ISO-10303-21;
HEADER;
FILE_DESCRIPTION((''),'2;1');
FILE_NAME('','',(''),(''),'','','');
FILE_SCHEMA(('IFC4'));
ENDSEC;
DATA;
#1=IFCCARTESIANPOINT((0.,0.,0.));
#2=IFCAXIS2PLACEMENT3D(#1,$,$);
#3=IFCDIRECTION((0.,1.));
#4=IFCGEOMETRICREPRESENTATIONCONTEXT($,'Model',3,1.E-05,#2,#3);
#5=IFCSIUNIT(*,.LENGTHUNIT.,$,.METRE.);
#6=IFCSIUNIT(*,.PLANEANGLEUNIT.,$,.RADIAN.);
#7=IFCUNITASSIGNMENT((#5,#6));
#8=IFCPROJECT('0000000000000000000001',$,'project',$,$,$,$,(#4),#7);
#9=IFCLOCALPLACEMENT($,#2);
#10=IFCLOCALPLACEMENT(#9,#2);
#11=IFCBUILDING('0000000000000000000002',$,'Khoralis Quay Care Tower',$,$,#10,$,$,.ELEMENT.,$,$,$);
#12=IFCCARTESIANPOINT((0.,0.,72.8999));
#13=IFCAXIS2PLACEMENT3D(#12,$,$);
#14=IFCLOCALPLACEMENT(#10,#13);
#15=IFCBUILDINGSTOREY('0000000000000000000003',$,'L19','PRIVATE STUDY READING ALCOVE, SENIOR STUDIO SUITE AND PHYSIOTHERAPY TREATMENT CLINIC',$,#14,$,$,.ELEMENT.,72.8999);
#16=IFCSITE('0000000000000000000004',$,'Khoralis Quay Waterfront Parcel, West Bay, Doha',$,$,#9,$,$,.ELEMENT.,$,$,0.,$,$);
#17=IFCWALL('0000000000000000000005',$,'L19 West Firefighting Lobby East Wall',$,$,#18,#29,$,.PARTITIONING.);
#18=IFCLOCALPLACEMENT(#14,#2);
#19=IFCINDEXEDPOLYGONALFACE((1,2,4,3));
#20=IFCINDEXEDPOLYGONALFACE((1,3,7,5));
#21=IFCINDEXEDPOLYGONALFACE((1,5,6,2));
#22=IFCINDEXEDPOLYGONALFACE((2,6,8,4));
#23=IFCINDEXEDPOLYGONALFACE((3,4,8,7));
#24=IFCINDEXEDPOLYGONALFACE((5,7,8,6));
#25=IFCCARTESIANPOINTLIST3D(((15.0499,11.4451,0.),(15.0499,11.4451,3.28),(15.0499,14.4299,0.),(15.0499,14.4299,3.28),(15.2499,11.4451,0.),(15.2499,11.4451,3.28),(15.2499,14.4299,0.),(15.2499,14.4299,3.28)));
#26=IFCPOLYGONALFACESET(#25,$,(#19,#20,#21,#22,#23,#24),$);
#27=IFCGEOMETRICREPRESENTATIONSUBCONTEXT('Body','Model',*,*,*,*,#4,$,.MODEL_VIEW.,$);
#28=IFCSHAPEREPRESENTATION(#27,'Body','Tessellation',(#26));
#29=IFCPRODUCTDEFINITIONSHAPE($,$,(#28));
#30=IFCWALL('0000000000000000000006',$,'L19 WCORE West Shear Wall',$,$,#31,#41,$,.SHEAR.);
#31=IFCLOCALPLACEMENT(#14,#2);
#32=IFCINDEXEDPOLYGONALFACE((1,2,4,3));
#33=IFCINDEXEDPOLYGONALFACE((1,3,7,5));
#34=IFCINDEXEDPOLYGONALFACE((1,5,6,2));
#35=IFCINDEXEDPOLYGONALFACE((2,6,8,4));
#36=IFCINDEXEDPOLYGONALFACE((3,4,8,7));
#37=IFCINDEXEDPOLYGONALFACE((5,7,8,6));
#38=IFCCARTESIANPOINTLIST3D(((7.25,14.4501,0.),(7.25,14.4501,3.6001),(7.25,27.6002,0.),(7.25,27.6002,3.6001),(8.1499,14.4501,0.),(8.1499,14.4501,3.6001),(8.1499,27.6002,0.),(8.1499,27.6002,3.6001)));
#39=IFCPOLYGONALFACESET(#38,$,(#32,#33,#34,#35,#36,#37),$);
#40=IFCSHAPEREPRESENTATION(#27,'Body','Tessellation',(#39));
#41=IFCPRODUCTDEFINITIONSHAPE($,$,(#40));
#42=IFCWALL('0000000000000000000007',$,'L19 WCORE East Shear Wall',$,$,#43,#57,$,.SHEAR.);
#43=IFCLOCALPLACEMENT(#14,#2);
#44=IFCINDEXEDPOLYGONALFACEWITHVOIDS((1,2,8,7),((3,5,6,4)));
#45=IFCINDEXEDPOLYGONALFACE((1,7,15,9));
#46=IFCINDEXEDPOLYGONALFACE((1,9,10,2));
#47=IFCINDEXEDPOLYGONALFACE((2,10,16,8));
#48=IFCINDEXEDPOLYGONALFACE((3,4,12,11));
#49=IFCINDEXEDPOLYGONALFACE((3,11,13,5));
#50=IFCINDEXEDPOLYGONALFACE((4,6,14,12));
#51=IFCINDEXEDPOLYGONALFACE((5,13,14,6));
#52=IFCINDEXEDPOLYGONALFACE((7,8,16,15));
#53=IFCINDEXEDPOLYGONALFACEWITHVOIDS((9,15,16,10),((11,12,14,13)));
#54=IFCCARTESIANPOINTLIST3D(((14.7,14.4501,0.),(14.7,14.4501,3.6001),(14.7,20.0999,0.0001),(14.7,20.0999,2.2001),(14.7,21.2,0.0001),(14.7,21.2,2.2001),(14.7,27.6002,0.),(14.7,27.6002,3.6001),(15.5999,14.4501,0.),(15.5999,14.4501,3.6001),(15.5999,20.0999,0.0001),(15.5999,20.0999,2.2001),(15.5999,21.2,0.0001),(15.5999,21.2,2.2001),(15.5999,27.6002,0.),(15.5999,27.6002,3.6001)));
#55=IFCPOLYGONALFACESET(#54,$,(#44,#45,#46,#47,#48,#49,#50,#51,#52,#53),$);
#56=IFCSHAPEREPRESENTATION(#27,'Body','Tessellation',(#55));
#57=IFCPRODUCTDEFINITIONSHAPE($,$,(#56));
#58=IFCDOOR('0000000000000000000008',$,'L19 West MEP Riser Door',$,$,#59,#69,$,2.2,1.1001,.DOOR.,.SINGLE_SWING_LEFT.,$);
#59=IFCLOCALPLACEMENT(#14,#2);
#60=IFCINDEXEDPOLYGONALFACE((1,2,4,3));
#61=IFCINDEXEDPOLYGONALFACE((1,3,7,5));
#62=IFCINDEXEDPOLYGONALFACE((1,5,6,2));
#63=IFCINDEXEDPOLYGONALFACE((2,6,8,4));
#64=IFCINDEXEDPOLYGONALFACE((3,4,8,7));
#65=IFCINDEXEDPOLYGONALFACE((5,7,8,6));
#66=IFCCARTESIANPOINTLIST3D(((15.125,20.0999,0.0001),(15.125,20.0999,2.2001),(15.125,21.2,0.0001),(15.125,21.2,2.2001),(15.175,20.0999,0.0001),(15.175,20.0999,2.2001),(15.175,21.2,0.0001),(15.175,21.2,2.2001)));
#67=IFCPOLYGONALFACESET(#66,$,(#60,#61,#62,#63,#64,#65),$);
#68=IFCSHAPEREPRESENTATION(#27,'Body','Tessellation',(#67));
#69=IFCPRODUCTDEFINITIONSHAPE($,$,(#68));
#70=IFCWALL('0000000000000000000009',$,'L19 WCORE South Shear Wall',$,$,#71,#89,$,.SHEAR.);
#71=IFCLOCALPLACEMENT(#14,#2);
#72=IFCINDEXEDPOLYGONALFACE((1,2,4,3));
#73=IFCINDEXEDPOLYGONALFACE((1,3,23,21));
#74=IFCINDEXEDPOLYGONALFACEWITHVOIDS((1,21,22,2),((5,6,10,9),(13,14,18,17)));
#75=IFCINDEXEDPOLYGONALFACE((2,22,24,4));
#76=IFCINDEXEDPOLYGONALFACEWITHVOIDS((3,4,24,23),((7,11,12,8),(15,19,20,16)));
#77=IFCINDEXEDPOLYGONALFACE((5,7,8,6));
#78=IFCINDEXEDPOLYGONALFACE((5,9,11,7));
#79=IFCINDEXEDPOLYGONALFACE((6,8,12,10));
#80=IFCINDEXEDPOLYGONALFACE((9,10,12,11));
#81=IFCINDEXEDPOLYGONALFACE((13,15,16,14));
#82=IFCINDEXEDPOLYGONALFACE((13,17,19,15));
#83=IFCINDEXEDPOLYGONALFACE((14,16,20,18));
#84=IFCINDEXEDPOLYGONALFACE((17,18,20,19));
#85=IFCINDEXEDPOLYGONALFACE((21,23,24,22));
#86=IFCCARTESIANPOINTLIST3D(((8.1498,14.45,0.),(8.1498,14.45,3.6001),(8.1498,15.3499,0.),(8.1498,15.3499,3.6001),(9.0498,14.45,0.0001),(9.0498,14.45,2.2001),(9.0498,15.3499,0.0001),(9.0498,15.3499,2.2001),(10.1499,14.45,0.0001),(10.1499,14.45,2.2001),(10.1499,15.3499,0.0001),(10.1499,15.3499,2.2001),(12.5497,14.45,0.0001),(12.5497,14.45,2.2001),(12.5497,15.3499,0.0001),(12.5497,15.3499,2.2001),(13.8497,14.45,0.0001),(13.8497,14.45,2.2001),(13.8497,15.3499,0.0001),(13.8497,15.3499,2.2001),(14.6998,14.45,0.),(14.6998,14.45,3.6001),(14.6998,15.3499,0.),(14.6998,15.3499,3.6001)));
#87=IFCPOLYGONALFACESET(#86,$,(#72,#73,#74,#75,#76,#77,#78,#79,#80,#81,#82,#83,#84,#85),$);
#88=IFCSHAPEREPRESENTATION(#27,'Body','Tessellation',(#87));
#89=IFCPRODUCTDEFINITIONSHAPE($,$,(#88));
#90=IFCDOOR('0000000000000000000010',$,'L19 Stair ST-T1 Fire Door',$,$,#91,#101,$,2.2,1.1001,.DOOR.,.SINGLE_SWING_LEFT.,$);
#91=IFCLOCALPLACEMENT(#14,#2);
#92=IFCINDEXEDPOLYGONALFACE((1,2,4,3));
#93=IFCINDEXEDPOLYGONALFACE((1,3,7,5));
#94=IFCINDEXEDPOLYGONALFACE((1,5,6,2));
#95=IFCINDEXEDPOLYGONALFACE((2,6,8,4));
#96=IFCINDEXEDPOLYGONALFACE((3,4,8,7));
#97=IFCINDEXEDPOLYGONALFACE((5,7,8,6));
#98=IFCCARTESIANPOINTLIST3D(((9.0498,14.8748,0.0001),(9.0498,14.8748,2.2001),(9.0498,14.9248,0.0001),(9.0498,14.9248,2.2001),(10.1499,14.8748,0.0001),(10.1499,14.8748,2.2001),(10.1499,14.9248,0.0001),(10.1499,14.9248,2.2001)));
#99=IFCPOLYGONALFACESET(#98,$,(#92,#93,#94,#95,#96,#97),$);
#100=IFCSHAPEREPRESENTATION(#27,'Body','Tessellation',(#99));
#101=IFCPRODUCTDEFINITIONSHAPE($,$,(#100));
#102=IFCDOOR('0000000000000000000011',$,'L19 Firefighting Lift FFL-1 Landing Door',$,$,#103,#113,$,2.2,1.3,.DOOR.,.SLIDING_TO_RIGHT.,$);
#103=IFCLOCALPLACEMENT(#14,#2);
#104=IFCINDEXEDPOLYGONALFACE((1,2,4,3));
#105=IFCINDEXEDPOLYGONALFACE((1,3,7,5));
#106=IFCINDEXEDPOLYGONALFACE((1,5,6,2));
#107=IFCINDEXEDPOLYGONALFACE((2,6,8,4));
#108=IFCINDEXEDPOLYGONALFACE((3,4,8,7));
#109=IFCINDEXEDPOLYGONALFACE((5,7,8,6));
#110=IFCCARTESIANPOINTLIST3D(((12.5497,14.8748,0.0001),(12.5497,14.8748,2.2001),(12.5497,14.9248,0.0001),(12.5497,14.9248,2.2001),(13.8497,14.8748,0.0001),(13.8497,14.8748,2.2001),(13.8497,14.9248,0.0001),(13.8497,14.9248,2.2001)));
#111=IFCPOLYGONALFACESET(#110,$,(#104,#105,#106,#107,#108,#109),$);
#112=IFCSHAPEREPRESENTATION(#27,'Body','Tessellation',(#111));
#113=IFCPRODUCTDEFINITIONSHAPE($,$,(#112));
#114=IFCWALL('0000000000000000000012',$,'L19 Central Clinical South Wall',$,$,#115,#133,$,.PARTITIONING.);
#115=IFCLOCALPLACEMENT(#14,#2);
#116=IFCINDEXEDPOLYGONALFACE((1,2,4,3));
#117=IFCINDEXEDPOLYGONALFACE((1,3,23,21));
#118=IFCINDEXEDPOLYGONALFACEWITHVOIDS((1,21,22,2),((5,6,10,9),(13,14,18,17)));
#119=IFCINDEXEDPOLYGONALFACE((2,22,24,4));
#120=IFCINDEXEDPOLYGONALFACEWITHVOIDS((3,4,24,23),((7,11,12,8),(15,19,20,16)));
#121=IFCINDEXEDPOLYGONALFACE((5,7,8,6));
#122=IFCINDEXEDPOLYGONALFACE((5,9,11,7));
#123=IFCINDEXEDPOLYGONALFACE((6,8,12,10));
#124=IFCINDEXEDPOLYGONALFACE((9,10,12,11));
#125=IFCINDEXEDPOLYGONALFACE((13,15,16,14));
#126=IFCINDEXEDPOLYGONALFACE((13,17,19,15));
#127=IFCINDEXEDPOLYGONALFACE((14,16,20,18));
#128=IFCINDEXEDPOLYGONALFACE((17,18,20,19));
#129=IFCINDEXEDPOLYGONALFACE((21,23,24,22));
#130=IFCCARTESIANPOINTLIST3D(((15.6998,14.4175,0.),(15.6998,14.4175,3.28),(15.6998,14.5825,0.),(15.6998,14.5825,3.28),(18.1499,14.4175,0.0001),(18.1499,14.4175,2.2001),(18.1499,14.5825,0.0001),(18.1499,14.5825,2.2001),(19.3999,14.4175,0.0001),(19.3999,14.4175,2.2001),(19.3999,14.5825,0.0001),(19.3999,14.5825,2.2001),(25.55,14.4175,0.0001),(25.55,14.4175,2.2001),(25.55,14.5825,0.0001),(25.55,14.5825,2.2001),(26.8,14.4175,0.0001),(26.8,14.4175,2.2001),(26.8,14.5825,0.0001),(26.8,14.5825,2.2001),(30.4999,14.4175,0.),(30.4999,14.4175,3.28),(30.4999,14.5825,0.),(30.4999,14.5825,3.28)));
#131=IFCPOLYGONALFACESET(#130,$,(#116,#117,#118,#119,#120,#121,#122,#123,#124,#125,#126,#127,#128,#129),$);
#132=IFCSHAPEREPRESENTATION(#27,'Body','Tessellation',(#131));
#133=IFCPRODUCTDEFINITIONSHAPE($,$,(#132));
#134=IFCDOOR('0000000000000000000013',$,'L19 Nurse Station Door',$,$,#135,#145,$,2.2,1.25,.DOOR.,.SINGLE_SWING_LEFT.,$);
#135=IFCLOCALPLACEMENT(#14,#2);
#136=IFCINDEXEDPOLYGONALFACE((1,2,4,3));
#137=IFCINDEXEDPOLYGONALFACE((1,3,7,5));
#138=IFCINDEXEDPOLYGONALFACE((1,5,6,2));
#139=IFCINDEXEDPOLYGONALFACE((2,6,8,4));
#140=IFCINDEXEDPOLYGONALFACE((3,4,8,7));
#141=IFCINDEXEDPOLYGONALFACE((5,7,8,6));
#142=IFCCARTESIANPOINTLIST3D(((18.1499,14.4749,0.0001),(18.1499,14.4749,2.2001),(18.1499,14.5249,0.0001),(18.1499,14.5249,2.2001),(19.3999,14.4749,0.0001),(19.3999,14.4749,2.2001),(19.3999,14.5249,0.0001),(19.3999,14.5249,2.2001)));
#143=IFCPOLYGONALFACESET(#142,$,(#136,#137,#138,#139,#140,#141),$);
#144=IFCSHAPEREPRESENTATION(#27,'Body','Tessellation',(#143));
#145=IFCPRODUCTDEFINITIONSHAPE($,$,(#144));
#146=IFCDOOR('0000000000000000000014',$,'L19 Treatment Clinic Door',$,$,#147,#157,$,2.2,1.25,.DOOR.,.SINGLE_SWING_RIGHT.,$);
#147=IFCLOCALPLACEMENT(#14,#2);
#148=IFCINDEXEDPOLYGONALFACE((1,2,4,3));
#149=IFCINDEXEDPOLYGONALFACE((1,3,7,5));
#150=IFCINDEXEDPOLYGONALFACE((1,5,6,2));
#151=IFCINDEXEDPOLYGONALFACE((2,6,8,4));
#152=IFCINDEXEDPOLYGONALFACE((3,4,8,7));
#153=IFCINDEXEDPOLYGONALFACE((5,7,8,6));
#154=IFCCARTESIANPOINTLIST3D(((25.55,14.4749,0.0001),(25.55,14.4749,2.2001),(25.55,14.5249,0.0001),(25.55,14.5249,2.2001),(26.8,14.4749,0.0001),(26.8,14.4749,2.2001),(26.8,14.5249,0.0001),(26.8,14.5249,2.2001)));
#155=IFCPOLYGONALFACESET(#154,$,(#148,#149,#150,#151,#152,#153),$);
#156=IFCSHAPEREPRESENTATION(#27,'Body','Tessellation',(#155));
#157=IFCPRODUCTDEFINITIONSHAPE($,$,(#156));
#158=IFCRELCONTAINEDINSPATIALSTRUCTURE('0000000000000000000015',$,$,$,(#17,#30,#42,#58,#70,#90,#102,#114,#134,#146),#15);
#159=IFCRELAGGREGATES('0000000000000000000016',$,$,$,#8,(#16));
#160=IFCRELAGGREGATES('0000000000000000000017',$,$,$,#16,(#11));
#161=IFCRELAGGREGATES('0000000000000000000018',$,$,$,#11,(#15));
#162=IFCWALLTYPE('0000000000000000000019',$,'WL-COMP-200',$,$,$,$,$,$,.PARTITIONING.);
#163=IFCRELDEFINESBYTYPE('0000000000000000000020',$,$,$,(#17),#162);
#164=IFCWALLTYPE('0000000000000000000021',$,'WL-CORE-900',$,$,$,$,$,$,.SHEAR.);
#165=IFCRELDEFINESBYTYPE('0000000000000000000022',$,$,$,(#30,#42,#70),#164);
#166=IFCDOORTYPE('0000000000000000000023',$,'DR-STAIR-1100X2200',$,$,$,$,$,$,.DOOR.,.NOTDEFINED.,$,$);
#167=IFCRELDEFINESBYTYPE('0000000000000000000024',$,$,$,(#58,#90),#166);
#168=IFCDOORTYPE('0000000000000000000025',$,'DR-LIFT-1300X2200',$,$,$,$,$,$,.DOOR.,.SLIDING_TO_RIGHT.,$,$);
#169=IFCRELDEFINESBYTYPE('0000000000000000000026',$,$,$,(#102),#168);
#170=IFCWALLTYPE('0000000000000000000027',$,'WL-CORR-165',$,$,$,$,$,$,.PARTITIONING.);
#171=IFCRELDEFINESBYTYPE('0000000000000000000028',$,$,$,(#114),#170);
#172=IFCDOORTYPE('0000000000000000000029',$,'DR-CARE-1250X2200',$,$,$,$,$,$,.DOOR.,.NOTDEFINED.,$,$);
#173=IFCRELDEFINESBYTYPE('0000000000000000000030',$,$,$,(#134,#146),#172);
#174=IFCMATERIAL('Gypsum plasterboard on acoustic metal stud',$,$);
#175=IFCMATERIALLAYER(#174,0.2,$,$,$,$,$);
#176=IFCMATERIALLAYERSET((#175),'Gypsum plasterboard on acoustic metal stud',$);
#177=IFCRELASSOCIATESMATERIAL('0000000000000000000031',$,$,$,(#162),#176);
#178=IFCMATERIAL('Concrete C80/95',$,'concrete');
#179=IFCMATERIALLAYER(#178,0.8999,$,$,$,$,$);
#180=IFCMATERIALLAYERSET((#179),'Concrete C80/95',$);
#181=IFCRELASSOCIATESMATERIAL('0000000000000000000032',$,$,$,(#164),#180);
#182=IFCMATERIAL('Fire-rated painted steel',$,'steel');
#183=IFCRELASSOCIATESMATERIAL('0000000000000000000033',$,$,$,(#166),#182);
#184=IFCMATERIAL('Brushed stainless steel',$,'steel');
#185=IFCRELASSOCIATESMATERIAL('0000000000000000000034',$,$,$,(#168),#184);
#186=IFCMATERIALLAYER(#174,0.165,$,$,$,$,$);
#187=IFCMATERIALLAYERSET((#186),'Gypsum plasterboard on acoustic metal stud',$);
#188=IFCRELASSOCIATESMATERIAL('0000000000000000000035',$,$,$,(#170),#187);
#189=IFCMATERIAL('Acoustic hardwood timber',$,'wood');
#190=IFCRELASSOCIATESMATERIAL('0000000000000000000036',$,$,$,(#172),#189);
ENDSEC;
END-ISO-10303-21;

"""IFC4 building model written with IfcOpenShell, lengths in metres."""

from ifc_helpers import new_model, si_unit, direction, frame, frame_2d, origin, place, context, subcontext, project, spatial, rectangle, extrude, source, transform, mapped, material, layer, layer_set, type_object, element, fill, save


model = new_model("IFC4")

# Units and contexts
model_context = context("Model", 3, precision=1e-05, world=origin(), true_north=direction((0.0, 1.0)))
body_context = subcontext(model_context, "Body", "Model", "MODEL_VIEW")
ifc_project = project(units=[si_unit("LENGTHUNIT", "METRE"), si_unit("PLANEANGLEUNIT", "RADIAN")], contexts=[model_context])

# Site, building, storey
site_placement = place(None, origin())
site = spatial("IfcSite", under=ifc_project, at=site_placement, Name="Khoralis Quay Waterfront Parcel, West Bay, Doha", CompositionType="ELEMENT", RefElevation=0.0)
building_placement = place(site_placement, origin())
building = spatial("IfcBuilding", under=site, at=building_placement, Name="Khoralis Quay Care Tower", CompositionType="ELEMENT")
storey_placement = place(building_placement, frame((0.0, 0.0, 72.8999)))
storey = spatial("IfcBuildingStorey", under=building, at=storey_placement, Name="L19", Description="PRIVATE STUDY READING ALCOVE, SENIOR STUDIO SUITE AND PHYSIOTHERAPY TREATMENT CLINIC", CompositionType="ELEMENT", Elevation=72.8999)

# Shared definitions
ifc_material_1 = material(Name="Concrete C80/95", Category="concrete")

# Shared definitions
ifc_material_2 = material(Name="Gypsum plasterboard on acoustic metal stud")
ifc_layer_1 = layer(ifc_material_2, 0.2)
ifc_layer_set_1 = layer_set([ifc_layer_1], Name="Gypsum plasterboard on acoustic metal stud")
wall_type_1 = type_object("IfcWallType", Name="WL-COMP-200", PredefinedType="PARTITIONING", material=ifc_layer_set_1)
ifc_material_3 = material(Name="Fire-rated painted steel", Category="steel")

# Walls
for number, where, z_axis, x_axis, name in (
    (1, (15.1499, 11.4451, 0.0), (0.0, 0.0, 1.0), (0.0, 1.0, 0.0), "L19 West Firefighting Lobby East Wall"),
):
    element("IfcWall", number, at=place(storey_placement, frame(where, z_axis=z_axis, x_axis=x_axis)), inside=storey, type_object=wall_type_1, Name=name, PredefinedType="PARTITIONING", context=body_context, shape_type="SweptSolid", body=[
        extrude(rectangle(XDim=2.9849, YDim=0.2, at=frame_2d((1.4924, 0.0))), origin(), (0.0, 0.0, 1.0), 3.28),
    ])
ifc_layer_2 = layer(ifc_material_1, 0.8999)
ifc_layer_set_2 = layer_set([ifc_layer_2], Name="Concrete C80/95")
wall_type_2 = type_object("IfcWallType", Name="WL-CORE-900", PredefinedType="SHEAR", material=ifc_layer_set_2)
wall_1_placement = place(storey_placement, frame((7.7, 14.45, 0.0), z_axis=(0.0, 0.0, 1.0), x_axis=(0.0, 1.0, 0.0)))
element("IfcWall", 2, at=wall_1_placement, inside=storey, type_object=wall_type_2, Name="L19 WCORE West Shear Wall", PredefinedType="SHEAR", context=body_context, shape_type="SweptSolid", body=[
    extrude(rectangle(XDim=13.1501, YDim=0.8999, at=frame_2d((6.5752, 0.0))), origin(), (0.0, 0.0, 1.0), 3.6001),
])

# Wall, opening, door
wall_2_placement = place(storey_placement, frame((15.1499, 14.45, 0.0), z_axis=(0.0, 0.0, 1.0), x_axis=(0.0, 1.0, 0.0)))
wall_2 = element("IfcWall", 3, at=wall_2_placement, inside=storey, type_object=wall_type_2, Name="L19 WCORE East Shear Wall", PredefinedType="SHEAR", context=body_context, shape_type="SweptSolid", body=[
    extrude(rectangle(XDim=13.1501, YDim=0.8999, at=frame_2d((6.5752, 0.0))), origin(), (0.0, 0.0, 1.0), 3.6001),
])
opening_1_placement = place(wall_2_placement, frame((5.6499, 0.0, 0.0)))
opening_1 = element("IfcOpeningElement", 4, at=opening_1_placement, cuts=wall_2, PredefinedType="OPENING", context=body_context, shape_type="SweptSolid", body=[
    extrude(rectangle(XDim=1.1001, YDim=2.2, at=frame_2d((0.55, 1.1001))), frame((0.0, 0.46, 0.0), z_axis=(0.0, -1.0, 0.0), x_axis=(1.0, 0.0, 0.0)), (0.0, 0.0, 1.0), 0.9199),
])
door_type_1 = type_object("IfcDoorType", Name="DR-STAIR-1100X2200", OperationType="NOTDEFINED", PredefinedType="DOOR", material=ifc_material_3)
shared_shape_1 = source(origin(), body_context, "Body", "SweptSolid", [
    extrude(rectangle(XDim=1.1001, YDim=2.2, at=frame_2d((0.55, 1.1001))), frame((0.0, 0.0249, 0.0), z_axis=(0.0, -1.0, 0.0), x_axis=(1.0, 0.0, 0.0)), (0.0, 0.0, 1.0), 0.05),
])
door_1_placement = place(opening_1_placement, origin())
door_1 = element("IfcDoor", 5, at=door_1_placement, inside=storey, type_object=door_type_1, Name="L19 West MEP Riser Door", OperationType="SINGLE_SWING_LEFT", OverallHeight=2.2, OverallWidth=1.1001, PredefinedType="DOOR", context=body_context, shape_type="MappedRepresentation", body=[
    mapped(shared_shape_1, transform((0.0, 0.0, 0.0), scale=1.0)),
])
fill(opening_1, door_1)

# Walls, openings, doors
wall_3_placement = place(storey_placement, frame((8.1499, 14.8999, 0.0), z_axis=(0.0, 0.0, 1.0), x_axis=(1.0, 0.0, 0.0)))
wall_3 = element("IfcWall", 6, at=wall_3_placement, inside=storey, type_object=wall_type_2, Name="L19 WCORE South Shear Wall", PredefinedType="SHEAR", context=body_context, shape_type="SweptSolid", body=[
    extrude(rectangle(XDim=6.55, YDim=0.8999, at=frame_2d((3.2749, 0.0))), origin(), (0.0, 0.0, 1.0), 3.6001),
])
opening_2_placement = place(wall_3_placement, frame((0.8999, 0.0, 0.0)))
opening_2 = element("IfcOpeningElement", 7, at=opening_2_placement, cuts=wall_3, PredefinedType="OPENING", context=body_context, shape_type="SweptSolid", body=[
    extrude(rectangle(XDim=1.1001, YDim=2.2, at=frame_2d((0.55, 1.1001))), frame((0.0, 0.46, 0.0), z_axis=(0.0, -1.0, 0.0), x_axis=(1.0, 0.0, 0.0)), (0.0, 0.0, 1.0), 0.9199),
])
opening_3_placement = place(wall_3_placement, frame((4.3999, 0.0, 0.0)))
opening_3 = element("IfcOpeningElement", 8, at=opening_3_placement, cuts=wall_3, PredefinedType="OPENING", context=body_context, shape_type="SweptSolid", body=[
    extrude(rectangle(XDim=1.3, YDim=2.2, at=frame_2d((0.6499, 1.1001))), frame((0.0, 0.46, 0.0), z_axis=(0.0, -1.0, 0.0), x_axis=(1.0, 0.0, 0.0)), (0.0, 0.0, 1.0), 0.9199),
])
door_2_placement = place(opening_2_placement, origin())
door_2 = element("IfcDoor", 9, at=door_2_placement, inside=storey, type_object=door_type_1, Name="L19 Stair ST-T1 Fire Door", OperationType="SINGLE_SWING_LEFT", OverallHeight=2.2, OverallWidth=1.1001, PredefinedType="DOOR", context=body_context, shape_type="MappedRepresentation", body=[
    mapped(shared_shape_1, transform((0.0, 0.0, 0.0), scale=1.0)),
])
fill(opening_2, door_2)
ifc_material_4 = material(Name="Brushed stainless steel", Category="steel")
door_type_2 = type_object("IfcDoorType", Name="DR-LIFT-1300X2200", OperationType="SLIDING_TO_RIGHT", PredefinedType="DOOR", material=ifc_material_4)
shared_shape_2 = source(origin(), body_context, "Body", "SweptSolid", [
    extrude(rectangle(XDim=1.3, YDim=2.2, at=frame_2d((0.6499, 1.1001))), frame((0.0, 0.0249, 0.0), z_axis=(0.0, -1.0, 0.0), x_axis=(1.0, 0.0, 0.0)), (0.0, 0.0, 1.0), 0.05),
])
door_3_placement = place(opening_3_placement, origin())
door_3 = element("IfcDoor", 10, at=door_3_placement, inside=storey, type_object=door_type_2, Name="L19 Firefighting Lift FFL-1 Landing Door", OperationType="SLIDING_TO_RIGHT", OverallHeight=2.2, OverallWidth=1.3, PredefinedType="DOOR", context=body_context, shape_type="MappedRepresentation", body=[
    mapped(shared_shape_2, transform((0.0, 0.0, 0.0), scale=1.0)),
])
fill(opening_3, door_3)
ifc_layer_3 = layer(ifc_material_2, 0.165)
ifc_layer_set_3 = layer_set([ifc_layer_3], Name="Gypsum plasterboard on acoustic metal stud")
wall_type_3 = type_object("IfcWallType", Name="WL-CORR-165", PredefinedType="PARTITIONING", material=ifc_layer_set_3)
wall_4_placement = place(storey_placement, frame((15.7, 14.5, 0.0), z_axis=(0.0, 0.0, 1.0), x_axis=(1.0, 0.0, 0.0)))
wall_4 = element("IfcWall", 11, at=wall_4_placement, inside=storey, type_object=wall_type_3, Name="L19 Central Clinical South Wall", PredefinedType="PARTITIONING", context=body_context, shape_type="SweptSolid", body=[
    extrude(rectangle(XDim=14.8, YDim=0.165, at=frame_2d((7.3999, 0.0))), origin(), (0.0, 0.0, 1.0), 3.28),
])
opening_4_placement = place(wall_4_placement, frame((2.45, 0.0, 0.0)))
opening_4 = element("IfcOpeningElement", 12, at=opening_4_placement, cuts=wall_4, PredefinedType="OPENING", context=body_context, shape_type="SweptSolid", body=[
    extrude(rectangle(XDim=1.25, YDim=2.2, at=frame_2d((0.625, 1.1001))), frame((0.0, 0.0925, 0.0), z_axis=(0.0, -1.0, 0.0), x_axis=(1.0, 0.0, 0.0)), (0.0, 0.0, 1.0), 0.1851),
])
opening_5_placement = place(wall_4_placement, frame((9.8501, 0.0, 0.0)))
opening_5 = element("IfcOpeningElement", 13, at=opening_5_placement, cuts=wall_4, PredefinedType="OPENING", context=body_context, shape_type="SweptSolid", body=[
    extrude(rectangle(XDim=1.25, YDim=2.2, at=frame_2d((0.625, 1.1001))), frame((0.0, 0.0925, 0.0), z_axis=(0.0, -1.0, 0.0), x_axis=(1.0, 0.0, 0.0)), (0.0, 0.0, 1.0), 0.1851),
])
ifc_material_5 = material(Name="Acoustic hardwood timber", Category="wood")
door_type_3 = type_object("IfcDoorType", Name="DR-CARE-1250X2200", OperationType="NOTDEFINED", PredefinedType="DOOR", material=ifc_material_5)
shared_shape_3 = source(origin(), body_context, "Body", "SweptSolid", [
    extrude(rectangle(XDim=1.25, YDim=2.2, at=frame_2d((0.625, 1.1001))), frame((0.0, 0.0249, 0.0), z_axis=(0.0, -1.0, 0.0), x_axis=(1.0, 0.0, 0.0)), (0.0, 0.0, 1.0), 0.05),
])
door_4_placement = place(opening_4_placement, origin())
door_4 = element("IfcDoor", 14, at=door_4_placement, inside=storey, type_object=door_type_3, Name="L19 Nurse Station Door", OperationType="SINGLE_SWING_LEFT", OverallHeight=2.2, OverallWidth=1.25, PredefinedType="DOOR", context=body_context, shape_type="MappedRepresentation", body=[
    mapped(shared_shape_3, transform((0.0, 0.0, 0.0), scale=1.0)),
])
fill(opening_4, door_4)
door_5_placement = place(opening_5_placement, origin())
door_5 = element("IfcDoor", 15, at=door_5_placement, inside=storey, type_object=door_type_3, Name="L19 Treatment Clinic Door", OperationType="SINGLE_SWING_RIGHT", OverallHeight=2.2, OverallWidth=1.25, PredefinedType="DOOR", context=body_context, shape_type="MappedRepresentation", body=[
    mapped(shared_shape_3, transform((0.0, 0.0, 0.0), scale=1.0)),
])
fill(opening_5, door_5)

save(model, "model.ifc")
